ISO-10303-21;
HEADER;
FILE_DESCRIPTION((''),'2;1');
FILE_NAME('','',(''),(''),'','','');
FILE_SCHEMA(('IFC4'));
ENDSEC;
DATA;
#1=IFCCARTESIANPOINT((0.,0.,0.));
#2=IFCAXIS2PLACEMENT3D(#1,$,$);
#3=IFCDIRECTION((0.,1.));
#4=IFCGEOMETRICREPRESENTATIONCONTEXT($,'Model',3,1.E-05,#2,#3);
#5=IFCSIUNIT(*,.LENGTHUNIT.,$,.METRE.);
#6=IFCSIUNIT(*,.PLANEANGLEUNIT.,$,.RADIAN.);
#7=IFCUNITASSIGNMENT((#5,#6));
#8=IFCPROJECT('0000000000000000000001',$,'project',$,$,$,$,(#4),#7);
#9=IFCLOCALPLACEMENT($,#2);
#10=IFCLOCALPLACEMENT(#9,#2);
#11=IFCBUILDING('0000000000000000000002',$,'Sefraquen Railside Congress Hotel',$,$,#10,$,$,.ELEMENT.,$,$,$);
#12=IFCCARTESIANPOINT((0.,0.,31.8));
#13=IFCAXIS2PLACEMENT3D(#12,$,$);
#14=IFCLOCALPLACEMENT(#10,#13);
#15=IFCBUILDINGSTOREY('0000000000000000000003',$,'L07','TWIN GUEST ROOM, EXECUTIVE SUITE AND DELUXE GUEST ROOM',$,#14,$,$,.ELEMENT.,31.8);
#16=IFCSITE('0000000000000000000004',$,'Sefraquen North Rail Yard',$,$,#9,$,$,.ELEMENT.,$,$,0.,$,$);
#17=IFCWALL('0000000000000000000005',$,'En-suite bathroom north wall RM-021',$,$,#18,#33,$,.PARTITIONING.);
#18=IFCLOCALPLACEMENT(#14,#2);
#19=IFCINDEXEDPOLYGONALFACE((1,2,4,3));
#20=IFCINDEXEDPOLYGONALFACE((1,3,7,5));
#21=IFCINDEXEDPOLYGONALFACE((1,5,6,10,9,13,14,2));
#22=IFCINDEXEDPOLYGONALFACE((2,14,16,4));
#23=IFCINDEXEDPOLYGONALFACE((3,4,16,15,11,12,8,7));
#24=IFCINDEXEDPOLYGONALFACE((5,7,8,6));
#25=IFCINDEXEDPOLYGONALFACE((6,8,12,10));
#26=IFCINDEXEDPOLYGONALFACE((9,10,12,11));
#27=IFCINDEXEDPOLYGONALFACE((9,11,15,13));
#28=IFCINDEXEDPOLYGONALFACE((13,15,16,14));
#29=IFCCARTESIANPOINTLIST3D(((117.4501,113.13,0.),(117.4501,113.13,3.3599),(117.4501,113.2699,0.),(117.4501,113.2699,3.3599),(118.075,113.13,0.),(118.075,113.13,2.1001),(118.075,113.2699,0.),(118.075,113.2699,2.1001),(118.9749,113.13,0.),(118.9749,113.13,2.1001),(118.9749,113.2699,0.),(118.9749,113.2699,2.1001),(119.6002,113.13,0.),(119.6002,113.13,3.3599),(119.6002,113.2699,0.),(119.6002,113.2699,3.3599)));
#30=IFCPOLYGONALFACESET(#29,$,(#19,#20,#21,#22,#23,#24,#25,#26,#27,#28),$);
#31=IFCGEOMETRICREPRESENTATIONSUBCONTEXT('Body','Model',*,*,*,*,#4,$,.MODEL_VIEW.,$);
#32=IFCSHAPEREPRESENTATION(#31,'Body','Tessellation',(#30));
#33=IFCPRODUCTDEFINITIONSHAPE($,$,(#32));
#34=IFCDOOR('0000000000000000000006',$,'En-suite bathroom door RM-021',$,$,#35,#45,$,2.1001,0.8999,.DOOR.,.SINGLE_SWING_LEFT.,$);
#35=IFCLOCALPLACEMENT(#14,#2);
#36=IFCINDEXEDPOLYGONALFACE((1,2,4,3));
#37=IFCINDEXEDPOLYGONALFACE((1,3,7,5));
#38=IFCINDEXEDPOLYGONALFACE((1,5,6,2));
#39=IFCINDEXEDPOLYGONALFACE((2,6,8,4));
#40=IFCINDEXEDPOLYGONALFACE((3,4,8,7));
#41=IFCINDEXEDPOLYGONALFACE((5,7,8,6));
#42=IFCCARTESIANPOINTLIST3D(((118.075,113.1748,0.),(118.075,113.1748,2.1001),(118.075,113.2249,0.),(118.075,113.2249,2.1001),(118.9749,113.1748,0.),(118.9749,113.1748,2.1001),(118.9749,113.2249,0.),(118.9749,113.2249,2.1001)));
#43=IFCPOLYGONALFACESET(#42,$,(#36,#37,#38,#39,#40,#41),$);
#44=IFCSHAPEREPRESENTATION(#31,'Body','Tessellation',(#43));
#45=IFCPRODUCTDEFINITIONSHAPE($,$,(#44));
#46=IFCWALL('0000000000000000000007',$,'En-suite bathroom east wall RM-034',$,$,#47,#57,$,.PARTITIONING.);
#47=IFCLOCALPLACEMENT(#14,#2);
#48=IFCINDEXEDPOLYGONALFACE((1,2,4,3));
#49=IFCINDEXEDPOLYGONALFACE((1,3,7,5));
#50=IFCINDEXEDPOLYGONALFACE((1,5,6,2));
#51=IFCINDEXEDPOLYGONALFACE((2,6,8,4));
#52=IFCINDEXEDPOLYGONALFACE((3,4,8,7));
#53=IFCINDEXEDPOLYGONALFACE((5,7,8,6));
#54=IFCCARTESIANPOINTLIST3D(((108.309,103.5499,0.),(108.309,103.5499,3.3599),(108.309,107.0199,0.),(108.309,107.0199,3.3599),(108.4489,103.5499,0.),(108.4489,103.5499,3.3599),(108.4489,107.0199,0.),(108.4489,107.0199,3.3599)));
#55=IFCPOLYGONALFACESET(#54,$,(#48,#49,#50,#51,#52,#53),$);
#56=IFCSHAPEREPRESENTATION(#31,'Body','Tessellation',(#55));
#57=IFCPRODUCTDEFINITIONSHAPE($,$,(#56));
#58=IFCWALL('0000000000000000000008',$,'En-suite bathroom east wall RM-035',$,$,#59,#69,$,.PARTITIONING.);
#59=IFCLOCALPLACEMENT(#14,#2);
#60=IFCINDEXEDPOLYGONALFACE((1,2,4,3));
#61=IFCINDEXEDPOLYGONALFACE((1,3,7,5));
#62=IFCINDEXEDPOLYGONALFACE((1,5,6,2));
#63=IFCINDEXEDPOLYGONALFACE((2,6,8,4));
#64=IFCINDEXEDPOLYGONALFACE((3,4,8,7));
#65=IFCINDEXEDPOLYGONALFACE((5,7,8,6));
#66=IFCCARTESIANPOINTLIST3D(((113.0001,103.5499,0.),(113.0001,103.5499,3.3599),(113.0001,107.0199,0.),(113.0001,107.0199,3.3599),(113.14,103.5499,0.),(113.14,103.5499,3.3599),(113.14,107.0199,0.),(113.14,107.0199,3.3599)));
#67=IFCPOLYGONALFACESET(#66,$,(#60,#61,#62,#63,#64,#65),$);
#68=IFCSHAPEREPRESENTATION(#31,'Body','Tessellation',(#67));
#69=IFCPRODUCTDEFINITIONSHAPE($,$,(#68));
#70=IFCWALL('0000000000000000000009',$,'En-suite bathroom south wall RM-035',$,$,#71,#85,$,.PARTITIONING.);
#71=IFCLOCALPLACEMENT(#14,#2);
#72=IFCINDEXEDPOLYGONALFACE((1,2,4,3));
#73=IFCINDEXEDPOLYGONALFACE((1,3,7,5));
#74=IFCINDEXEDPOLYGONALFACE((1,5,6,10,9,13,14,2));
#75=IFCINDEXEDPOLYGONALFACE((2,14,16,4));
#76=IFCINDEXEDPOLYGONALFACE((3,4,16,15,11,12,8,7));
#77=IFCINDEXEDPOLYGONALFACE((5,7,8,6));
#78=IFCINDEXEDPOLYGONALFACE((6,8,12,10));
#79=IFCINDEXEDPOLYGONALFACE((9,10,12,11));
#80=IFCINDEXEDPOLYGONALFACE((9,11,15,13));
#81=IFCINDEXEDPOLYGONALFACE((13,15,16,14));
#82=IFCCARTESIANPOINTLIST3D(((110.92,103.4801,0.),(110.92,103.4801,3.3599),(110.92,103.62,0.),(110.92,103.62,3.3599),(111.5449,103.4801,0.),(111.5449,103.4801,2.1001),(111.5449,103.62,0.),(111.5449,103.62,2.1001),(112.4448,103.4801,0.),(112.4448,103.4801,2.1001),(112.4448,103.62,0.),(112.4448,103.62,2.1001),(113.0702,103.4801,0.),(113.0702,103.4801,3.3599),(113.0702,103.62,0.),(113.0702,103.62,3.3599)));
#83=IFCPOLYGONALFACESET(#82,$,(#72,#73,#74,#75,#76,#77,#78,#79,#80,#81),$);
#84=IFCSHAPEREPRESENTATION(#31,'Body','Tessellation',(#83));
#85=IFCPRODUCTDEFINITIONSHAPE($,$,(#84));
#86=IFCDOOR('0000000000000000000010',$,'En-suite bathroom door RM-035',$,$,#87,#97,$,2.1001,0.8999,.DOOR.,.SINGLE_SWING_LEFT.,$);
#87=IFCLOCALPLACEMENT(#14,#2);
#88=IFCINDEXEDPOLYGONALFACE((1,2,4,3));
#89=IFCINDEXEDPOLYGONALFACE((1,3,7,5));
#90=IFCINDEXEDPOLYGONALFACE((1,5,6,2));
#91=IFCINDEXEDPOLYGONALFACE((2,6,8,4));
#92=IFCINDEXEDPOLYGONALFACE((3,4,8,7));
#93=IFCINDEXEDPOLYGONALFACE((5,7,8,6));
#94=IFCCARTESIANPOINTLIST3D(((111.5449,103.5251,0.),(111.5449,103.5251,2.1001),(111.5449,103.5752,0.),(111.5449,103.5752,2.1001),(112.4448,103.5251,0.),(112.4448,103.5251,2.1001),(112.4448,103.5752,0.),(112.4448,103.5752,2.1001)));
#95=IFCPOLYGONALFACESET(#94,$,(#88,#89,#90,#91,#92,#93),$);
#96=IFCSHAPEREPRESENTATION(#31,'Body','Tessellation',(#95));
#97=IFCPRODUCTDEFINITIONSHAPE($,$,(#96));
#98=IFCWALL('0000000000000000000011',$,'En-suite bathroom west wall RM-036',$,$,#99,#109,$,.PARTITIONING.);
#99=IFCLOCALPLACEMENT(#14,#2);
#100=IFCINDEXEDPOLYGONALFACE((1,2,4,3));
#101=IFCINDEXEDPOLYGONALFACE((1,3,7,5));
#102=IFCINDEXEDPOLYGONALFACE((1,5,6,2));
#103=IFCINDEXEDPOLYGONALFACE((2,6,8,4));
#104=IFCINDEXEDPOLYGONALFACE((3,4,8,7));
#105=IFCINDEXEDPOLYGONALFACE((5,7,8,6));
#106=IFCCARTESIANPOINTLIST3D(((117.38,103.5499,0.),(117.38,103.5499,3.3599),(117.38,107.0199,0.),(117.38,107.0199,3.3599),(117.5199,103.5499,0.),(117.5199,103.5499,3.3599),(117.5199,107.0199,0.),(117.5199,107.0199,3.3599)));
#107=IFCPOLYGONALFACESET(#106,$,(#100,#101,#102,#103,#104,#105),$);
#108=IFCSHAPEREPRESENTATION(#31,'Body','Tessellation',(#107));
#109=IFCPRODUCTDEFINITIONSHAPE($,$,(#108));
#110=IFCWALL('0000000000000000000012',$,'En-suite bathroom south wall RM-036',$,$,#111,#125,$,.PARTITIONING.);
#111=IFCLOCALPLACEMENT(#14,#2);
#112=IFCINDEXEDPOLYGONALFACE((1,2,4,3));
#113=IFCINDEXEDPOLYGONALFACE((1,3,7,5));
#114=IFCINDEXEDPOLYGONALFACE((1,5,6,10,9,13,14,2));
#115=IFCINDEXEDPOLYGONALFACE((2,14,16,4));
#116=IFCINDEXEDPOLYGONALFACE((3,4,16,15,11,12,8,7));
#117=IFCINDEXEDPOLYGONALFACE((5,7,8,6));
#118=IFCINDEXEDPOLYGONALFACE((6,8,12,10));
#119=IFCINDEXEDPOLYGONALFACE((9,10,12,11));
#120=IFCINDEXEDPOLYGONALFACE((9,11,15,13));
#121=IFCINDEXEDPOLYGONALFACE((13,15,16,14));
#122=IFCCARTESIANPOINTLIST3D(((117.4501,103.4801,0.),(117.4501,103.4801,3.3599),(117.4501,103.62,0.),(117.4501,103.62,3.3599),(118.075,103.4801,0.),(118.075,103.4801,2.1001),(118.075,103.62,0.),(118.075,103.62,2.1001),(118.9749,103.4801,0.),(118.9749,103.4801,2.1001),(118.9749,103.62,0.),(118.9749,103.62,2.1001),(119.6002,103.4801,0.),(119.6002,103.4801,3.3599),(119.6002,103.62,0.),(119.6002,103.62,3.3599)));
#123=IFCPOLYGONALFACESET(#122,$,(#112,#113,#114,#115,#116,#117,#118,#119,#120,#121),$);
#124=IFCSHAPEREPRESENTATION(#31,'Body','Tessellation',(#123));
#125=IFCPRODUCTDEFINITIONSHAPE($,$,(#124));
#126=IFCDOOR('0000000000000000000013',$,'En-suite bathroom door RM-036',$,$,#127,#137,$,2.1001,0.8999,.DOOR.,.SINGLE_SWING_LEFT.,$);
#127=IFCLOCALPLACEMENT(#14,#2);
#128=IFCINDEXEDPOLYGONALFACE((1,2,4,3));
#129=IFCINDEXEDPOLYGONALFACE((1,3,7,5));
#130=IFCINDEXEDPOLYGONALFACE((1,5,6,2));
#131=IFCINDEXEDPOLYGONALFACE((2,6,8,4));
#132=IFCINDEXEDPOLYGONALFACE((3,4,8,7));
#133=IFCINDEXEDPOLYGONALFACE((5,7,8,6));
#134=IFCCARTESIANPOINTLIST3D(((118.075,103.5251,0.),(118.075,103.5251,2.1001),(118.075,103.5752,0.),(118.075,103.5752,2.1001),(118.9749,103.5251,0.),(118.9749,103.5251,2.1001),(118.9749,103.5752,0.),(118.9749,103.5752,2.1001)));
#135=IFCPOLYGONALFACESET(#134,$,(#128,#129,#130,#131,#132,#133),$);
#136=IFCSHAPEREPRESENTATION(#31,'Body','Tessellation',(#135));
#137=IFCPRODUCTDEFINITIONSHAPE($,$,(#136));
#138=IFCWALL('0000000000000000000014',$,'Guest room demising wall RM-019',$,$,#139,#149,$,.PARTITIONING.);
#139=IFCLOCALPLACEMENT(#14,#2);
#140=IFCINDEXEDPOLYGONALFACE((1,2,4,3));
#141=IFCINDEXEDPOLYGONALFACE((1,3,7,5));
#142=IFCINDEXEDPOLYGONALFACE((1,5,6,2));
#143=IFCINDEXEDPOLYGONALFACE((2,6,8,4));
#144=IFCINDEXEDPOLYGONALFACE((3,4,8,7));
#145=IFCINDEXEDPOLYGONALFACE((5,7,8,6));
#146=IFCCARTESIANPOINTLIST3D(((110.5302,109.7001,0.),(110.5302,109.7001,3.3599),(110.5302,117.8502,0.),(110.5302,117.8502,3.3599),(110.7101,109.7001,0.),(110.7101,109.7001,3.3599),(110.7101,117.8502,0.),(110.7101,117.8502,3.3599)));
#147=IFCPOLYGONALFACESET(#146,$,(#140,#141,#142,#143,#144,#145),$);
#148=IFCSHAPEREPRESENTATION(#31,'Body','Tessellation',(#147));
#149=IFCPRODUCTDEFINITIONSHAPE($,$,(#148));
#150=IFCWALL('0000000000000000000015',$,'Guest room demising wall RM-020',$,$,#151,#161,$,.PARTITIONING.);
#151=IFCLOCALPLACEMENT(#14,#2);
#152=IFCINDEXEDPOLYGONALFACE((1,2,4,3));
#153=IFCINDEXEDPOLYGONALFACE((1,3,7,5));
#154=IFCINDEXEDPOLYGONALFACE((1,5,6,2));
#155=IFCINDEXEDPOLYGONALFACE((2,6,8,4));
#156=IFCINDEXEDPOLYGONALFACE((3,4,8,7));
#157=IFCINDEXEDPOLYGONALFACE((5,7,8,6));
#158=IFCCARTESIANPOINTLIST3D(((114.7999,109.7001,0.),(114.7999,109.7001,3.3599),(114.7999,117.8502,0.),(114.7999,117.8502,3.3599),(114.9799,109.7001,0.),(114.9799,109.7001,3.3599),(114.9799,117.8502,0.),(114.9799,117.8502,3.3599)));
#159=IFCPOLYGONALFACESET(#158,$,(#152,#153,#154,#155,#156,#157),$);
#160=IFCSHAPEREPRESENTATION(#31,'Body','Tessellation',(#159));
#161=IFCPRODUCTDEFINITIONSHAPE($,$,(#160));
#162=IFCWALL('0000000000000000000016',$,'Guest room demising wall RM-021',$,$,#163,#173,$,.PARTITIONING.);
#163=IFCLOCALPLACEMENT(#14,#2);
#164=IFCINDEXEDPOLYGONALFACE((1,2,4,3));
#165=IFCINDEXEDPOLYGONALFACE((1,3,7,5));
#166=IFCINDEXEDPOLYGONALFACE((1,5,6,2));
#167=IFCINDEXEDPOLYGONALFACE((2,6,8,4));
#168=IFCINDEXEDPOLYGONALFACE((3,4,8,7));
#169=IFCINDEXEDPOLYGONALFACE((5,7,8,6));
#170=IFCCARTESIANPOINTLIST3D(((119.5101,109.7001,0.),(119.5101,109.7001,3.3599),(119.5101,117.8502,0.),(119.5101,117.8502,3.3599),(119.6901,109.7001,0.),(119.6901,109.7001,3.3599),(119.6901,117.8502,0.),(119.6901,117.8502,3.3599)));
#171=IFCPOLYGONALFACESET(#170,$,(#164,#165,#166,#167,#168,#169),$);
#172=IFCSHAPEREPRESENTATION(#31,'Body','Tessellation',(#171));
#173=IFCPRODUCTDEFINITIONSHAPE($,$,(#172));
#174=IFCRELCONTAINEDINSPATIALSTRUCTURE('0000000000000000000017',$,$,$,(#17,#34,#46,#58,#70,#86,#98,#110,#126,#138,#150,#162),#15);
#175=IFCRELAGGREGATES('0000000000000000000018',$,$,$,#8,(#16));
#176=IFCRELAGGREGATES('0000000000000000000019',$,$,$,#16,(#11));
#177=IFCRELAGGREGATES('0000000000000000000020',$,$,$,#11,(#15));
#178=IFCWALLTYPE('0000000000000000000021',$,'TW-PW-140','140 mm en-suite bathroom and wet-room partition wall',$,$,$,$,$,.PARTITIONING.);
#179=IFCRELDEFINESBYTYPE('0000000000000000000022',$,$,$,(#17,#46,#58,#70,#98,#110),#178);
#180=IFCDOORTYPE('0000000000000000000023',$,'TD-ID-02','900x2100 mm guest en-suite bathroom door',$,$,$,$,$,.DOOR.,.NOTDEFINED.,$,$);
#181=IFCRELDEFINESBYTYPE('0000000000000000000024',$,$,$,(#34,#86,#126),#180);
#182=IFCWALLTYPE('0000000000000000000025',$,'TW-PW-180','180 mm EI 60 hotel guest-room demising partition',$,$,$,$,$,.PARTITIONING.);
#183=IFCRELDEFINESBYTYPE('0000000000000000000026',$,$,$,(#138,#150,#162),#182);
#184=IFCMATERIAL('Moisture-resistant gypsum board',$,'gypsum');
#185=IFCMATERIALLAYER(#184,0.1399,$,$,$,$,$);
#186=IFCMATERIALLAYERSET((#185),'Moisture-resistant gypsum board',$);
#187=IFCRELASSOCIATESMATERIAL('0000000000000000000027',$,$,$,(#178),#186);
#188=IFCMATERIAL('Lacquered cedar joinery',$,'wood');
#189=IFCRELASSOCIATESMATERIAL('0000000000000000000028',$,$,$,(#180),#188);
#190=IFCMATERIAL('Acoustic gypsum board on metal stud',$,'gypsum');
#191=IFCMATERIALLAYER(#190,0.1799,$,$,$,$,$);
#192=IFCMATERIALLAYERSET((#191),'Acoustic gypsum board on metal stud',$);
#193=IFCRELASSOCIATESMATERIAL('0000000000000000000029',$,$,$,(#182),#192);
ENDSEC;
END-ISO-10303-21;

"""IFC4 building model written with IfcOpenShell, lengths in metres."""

from ifc_helpers import new_model, si_unit, direction, frame, frame_2d, origin, place, context, subcontext, project, spatial, rectangle, extrude, material, layer, layer_set, type_object, element, fill, save


model = new_model("IFC4")

# Units and contexts
model_context = context("Model", 3, precision=1e-05, world=origin(), true_north=direction((0.0, 1.0)))
body_context = subcontext(model_context, "Body", "Model", "MODEL_VIEW")
ifc_project = project(units=[si_unit("LENGTHUNIT", "METRE"), si_unit("PLANEANGLEUNIT", "RADIAN")], contexts=[model_context])

# Site, building, storey
site_placement = place(None, origin())
site = spatial("IfcSite", under=ifc_project, at=site_placement, Name="Sefraquen North Rail Yard", CompositionType="ELEMENT", RefElevation=0.0)
building_placement = place(site_placement, origin())
building = spatial("IfcBuilding", under=site, at=building_placement, Name="Sefraquen Railside Congress Hotel", CompositionType="ELEMENT")
storey_placement = place(building_placement, frame((0.0, 0.0, 31.8)))
storey = spatial("IfcBuildingStorey", under=building, at=storey_placement, Name="L07", Description="TWIN GUEST ROOM, EXECUTIVE SUITE AND DELUXE GUEST ROOM", CompositionType="ELEMENT", Elevation=31.8)

# Shared definitions
ifc_material_1 = material(Name="Moisture-resistant gypsum board", Category="gypsum")
ifc_layer_1 = layer(ifc_material_1, 0.1399)
ifc_layer_set_1 = layer_set([ifc_layer_1], Name="Moisture-resistant gypsum board")
wall_type_1 = type_object("IfcWallType", Name="TW-PW-140", Description="140 mm en-suite bathroom and wet-room partition wall", PredefinedType="PARTITIONING", material=ifc_layer_set_1)

# Shared definitions
ifc_material_2 = material(Name="Lacquered cedar joinery", Category="wood")
door_type = type_object("IfcDoorType", Name="TD-ID-02", Description="900x2100 mm guest en-suite bathroom door", OperationType="NOTDEFINED", PredefinedType="DOOR", material=ifc_material_2)

# Wall, opening, door
wall_1_placement = place(storey_placement, frame((117.45, 113.2, 0.0), z_axis=(0.0, 0.0, 1.0), x_axis=(1.0, 0.0, 0.0)))
wall_1 = element("IfcWall", 1, at=wall_1_placement, inside=storey, type_object=wall_type_1, Name="En-suite bathroom north wall RM-021", PredefinedType="PARTITIONING", context=body_context, shape_type="SweptSolid", body=[
    extrude(rectangle(XDim=2.1501, YDim=0.1399, at=frame_2d((1.0752, 0.0))), origin(), (0.0, 0.0, 1.0), 3.3599),
])
opening_1_placement = place(wall_1_placement, frame((0.625, 0.0, 0.0)))
opening_1 = element("IfcOpeningElement", 2, at=opening_1_placement, cuts=wall_1, PredefinedType="OPENING", context=body_context, shape_type="SweptSolid", body=[
    extrude(rectangle(XDim=0.8999, YDim=2.1001, at=frame_2d((0.45, 1.05))), frame((0.0, 0.0798, 0.0), z_axis=(0.0, -1.0, 0.0), x_axis=(1.0, 0.0, 0.0)), (0.0, 0.0, 1.0), 0.1599),
])
door_1_placement = place(opening_1_placement, origin())
door_1 = element("IfcDoor", 3, at=door_1_placement, inside=storey, type_object=door_type, Name="En-suite bathroom door RM-021", OperationType="SINGLE_SWING_LEFT", OverallHeight=2.1001, OverallWidth=0.8999, PredefinedType="DOOR", context=body_context, shape_type="SweptSolid", body=[
    extrude(rectangle(XDim=0.8999, YDim=2.1001, at=frame_2d((0.45, 1.05))), frame((0.0, 0.0249, 0.0), z_axis=(0.0, -1.0, 0.0), x_axis=(1.0, 0.0, 0.0)), (0.0, 0.0, 1.0), 0.05),
])
fill(opening_1, door_1)

# Walls
for number, where, z_axis, x_axis, name in (
    (4, (108.3789, 103.55, 0.0), (0.0, 0.0, 1.0), (0.0, 1.0, 0.0), "En-suite bathroom east wall RM-034"),
    (5, (113.0701, 103.55, 0.0), (0.0, 0.0, 1.0), (0.0, 1.0, 0.0), "En-suite bathroom east wall RM-035"),
):
    element("IfcWall", number, at=place(storey_placement, frame(where, z_axis=z_axis, x_axis=x_axis)), inside=storey, type_object=wall_type_1, Name=name, PredefinedType="PARTITIONING", context=body_context, shape_type="SweptSolid", body=[
        extrude(rectangle(XDim=3.47, YDim=0.1399, at=frame_2d((1.7349, 0.0))), origin(), (0.0, 0.0, 1.0), 3.3599),
    ])

# Wall, opening, door
wall_2_placement = place(storey_placement, frame((110.9199, 103.55, 0.0), z_axis=(0.0, 0.0, 1.0), x_axis=(1.0, 0.0, 0.0)))
wall_2 = element("IfcWall", 6, at=wall_2_placement, inside=storey, type_object=wall_type_1, Name="En-suite bathroom south wall RM-035", PredefinedType="PARTITIONING", context=body_context, shape_type="SweptSolid", body=[
    extrude(rectangle(XDim=2.1501, YDim=0.1399, at=frame_2d((1.0752, 0.0))), origin(), (0.0, 0.0, 1.0), 3.3599),
])
opening_2_placement = place(wall_2_placement, frame((0.625, 0.0, 0.0)))
opening_2 = element("IfcOpeningElement", 7, at=opening_2_placement, cuts=wall_2, PredefinedType="OPENING", context=body_context, shape_type="SweptSolid", body=[
    extrude(rectangle(XDim=0.8999, YDim=2.1001, at=frame_2d((0.45, 1.05))), frame((0.0, 0.0798, 0.0), z_axis=(0.0, -1.0, 0.0), x_axis=(1.0, 0.0, 0.0)), (0.0, 0.0, 1.0), 0.1599),
])
door_2_placement = place(opening_2_placement, frame((0.8999, 0.0, 0.0), z_axis=(0.0, 0.0, 1.0), x_axis=(-1.0, 0.0, 0.0)))
door_2 = element("IfcDoor", 8, at=door_2_placement, inside=storey, type_object=door_type, Name="En-suite bathroom door RM-035", OperationType="SINGLE_SWING_LEFT", OverallHeight=2.1001, OverallWidth=0.8999, PredefinedType="DOOR", context=body_context, shape_type="SweptSolid", body=[
    extrude(rectangle(XDim=0.8999, YDim=2.1001, at=frame_2d((0.45, 1.05))), frame((0.0, 0.0249, 0.0), z_axis=(0.0, -1.0, 0.0), x_axis=(1.0, 0.0, 0.0)), (0.0, 0.0, 1.0), 0.05),
])
fill(opening_2, door_2)

# Wall
wall_3_placement = place(storey_placement, frame((117.45, 103.55, 0.0), z_axis=(0.0, 0.0, 1.0), x_axis=(0.0, 1.0, 0.0)))
element("IfcWall", 9, at=wall_3_placement, inside=storey, type_object=wall_type_1, Name="En-suite bathroom west wall RM-036", PredefinedType="PARTITIONING", context=body_context, shape_type="SweptSolid", body=[
    extrude(rectangle(XDim=3.47, YDim=0.1399, at=frame_2d((1.7349, 0.0))), origin(), (0.0, 0.0, 1.0), 3.3599),
])

# Wall, opening, door
wall_4_placement = place(storey_placement, frame((117.45, 103.55, 0.0), z_axis=(0.0, 0.0, 1.0), x_axis=(1.0, 0.0, 0.0)))
wall_4 = element("IfcWall", 10, at=wall_4_placement, inside=storey, type_object=wall_type_1, Name="En-suite bathroom south wall RM-036", PredefinedType="PARTITIONING", context=body_context, shape_type="SweptSolid", body=[
    extrude(rectangle(XDim=2.1501, YDim=0.1399, at=frame_2d((1.0752, 0.0))), origin(), (0.0, 0.0, 1.0), 3.3599),
])
opening_3_placement = place(wall_4_placement, frame((0.625, 0.0, 0.0)))
opening_3 = element("IfcOpeningElement", 11, at=opening_3_placement, cuts=wall_4, PredefinedType="OPENING", context=body_context, shape_type="SweptSolid", body=[
    extrude(rectangle(XDim=0.8999, YDim=2.1001, at=frame_2d((0.45, 1.05))), frame((0.0, 0.0798, 0.0), z_axis=(0.0, -1.0, 0.0), x_axis=(1.0, 0.0, 0.0)), (0.0, 0.0, 1.0), 0.1599),
])
door_3_placement = place(opening_3_placement, frame((0.8999, 0.0, 0.0), z_axis=(0.0, 0.0, 1.0), x_axis=(-1.0, 0.0, 0.0)))
door_3 = element("IfcDoor", 12, at=door_3_placement, inside=storey, type_object=door_type, Name="En-suite bathroom door RM-036", OperationType="SINGLE_SWING_LEFT", OverallHeight=2.1001, OverallWidth=0.8999, PredefinedType="DOOR", context=body_context, shape_type="SweptSolid", body=[
    extrude(rectangle(XDim=0.8999, YDim=2.1001, at=frame_2d((0.45, 1.05))), frame((0.0, 0.0249, 0.0), z_axis=(0.0, -1.0, 0.0), x_axis=(1.0, 0.0, 0.0)), (0.0, 0.0, 1.0), 0.05),
])
fill(opening_3, door_3)

# Walls
ifc_material_3 = material(Name="Acoustic gypsum board on metal stud", Category="gypsum")
ifc_layer_2 = layer(ifc_material_3, 0.1799)
ifc_layer_set_2 = layer_set([ifc_layer_2], Name="Acoustic gypsum board on metal stud")
wall_type_2 = type_object("IfcWallType", Name="TW-PW-180", Description="180 mm EI 60 hotel guest-room demising partition", PredefinedType="PARTITIONING", material=ifc_layer_set_2)
for number, where, z_axis, x_axis, name in (
    (13, (110.6201, 109.7, 0.0), (0.0, 0.0, 1.0), (0.0, 1.0, 0.0), "Guest room demising wall RM-019"),
    (14, (114.8899, 109.7, 0.0), (0.0, 0.0, 1.0), (0.0, 1.0, 0.0), "Guest room demising wall RM-020"),
    (15, (119.6001, 109.7, 0.0), (0.0, 0.0, 1.0), (0.0, 1.0, 0.0), "Guest room demising wall RM-021"),
):
    element("IfcWall", number, at=place(storey_placement, frame(where, z_axis=z_axis, x_axis=x_axis)), inside=storey, type_object=wall_type_2, Name=name, PredefinedType="PARTITIONING", context=body_context, shape_type="SweptSolid", body=[
        extrude(rectangle(XDim=8.1501, YDim=0.1799, at=frame_2d((4.0752, 0.0))), origin(), (0.0, 0.0, 1.0), 3.3599),
    ])

save(model, "model.ifc")
